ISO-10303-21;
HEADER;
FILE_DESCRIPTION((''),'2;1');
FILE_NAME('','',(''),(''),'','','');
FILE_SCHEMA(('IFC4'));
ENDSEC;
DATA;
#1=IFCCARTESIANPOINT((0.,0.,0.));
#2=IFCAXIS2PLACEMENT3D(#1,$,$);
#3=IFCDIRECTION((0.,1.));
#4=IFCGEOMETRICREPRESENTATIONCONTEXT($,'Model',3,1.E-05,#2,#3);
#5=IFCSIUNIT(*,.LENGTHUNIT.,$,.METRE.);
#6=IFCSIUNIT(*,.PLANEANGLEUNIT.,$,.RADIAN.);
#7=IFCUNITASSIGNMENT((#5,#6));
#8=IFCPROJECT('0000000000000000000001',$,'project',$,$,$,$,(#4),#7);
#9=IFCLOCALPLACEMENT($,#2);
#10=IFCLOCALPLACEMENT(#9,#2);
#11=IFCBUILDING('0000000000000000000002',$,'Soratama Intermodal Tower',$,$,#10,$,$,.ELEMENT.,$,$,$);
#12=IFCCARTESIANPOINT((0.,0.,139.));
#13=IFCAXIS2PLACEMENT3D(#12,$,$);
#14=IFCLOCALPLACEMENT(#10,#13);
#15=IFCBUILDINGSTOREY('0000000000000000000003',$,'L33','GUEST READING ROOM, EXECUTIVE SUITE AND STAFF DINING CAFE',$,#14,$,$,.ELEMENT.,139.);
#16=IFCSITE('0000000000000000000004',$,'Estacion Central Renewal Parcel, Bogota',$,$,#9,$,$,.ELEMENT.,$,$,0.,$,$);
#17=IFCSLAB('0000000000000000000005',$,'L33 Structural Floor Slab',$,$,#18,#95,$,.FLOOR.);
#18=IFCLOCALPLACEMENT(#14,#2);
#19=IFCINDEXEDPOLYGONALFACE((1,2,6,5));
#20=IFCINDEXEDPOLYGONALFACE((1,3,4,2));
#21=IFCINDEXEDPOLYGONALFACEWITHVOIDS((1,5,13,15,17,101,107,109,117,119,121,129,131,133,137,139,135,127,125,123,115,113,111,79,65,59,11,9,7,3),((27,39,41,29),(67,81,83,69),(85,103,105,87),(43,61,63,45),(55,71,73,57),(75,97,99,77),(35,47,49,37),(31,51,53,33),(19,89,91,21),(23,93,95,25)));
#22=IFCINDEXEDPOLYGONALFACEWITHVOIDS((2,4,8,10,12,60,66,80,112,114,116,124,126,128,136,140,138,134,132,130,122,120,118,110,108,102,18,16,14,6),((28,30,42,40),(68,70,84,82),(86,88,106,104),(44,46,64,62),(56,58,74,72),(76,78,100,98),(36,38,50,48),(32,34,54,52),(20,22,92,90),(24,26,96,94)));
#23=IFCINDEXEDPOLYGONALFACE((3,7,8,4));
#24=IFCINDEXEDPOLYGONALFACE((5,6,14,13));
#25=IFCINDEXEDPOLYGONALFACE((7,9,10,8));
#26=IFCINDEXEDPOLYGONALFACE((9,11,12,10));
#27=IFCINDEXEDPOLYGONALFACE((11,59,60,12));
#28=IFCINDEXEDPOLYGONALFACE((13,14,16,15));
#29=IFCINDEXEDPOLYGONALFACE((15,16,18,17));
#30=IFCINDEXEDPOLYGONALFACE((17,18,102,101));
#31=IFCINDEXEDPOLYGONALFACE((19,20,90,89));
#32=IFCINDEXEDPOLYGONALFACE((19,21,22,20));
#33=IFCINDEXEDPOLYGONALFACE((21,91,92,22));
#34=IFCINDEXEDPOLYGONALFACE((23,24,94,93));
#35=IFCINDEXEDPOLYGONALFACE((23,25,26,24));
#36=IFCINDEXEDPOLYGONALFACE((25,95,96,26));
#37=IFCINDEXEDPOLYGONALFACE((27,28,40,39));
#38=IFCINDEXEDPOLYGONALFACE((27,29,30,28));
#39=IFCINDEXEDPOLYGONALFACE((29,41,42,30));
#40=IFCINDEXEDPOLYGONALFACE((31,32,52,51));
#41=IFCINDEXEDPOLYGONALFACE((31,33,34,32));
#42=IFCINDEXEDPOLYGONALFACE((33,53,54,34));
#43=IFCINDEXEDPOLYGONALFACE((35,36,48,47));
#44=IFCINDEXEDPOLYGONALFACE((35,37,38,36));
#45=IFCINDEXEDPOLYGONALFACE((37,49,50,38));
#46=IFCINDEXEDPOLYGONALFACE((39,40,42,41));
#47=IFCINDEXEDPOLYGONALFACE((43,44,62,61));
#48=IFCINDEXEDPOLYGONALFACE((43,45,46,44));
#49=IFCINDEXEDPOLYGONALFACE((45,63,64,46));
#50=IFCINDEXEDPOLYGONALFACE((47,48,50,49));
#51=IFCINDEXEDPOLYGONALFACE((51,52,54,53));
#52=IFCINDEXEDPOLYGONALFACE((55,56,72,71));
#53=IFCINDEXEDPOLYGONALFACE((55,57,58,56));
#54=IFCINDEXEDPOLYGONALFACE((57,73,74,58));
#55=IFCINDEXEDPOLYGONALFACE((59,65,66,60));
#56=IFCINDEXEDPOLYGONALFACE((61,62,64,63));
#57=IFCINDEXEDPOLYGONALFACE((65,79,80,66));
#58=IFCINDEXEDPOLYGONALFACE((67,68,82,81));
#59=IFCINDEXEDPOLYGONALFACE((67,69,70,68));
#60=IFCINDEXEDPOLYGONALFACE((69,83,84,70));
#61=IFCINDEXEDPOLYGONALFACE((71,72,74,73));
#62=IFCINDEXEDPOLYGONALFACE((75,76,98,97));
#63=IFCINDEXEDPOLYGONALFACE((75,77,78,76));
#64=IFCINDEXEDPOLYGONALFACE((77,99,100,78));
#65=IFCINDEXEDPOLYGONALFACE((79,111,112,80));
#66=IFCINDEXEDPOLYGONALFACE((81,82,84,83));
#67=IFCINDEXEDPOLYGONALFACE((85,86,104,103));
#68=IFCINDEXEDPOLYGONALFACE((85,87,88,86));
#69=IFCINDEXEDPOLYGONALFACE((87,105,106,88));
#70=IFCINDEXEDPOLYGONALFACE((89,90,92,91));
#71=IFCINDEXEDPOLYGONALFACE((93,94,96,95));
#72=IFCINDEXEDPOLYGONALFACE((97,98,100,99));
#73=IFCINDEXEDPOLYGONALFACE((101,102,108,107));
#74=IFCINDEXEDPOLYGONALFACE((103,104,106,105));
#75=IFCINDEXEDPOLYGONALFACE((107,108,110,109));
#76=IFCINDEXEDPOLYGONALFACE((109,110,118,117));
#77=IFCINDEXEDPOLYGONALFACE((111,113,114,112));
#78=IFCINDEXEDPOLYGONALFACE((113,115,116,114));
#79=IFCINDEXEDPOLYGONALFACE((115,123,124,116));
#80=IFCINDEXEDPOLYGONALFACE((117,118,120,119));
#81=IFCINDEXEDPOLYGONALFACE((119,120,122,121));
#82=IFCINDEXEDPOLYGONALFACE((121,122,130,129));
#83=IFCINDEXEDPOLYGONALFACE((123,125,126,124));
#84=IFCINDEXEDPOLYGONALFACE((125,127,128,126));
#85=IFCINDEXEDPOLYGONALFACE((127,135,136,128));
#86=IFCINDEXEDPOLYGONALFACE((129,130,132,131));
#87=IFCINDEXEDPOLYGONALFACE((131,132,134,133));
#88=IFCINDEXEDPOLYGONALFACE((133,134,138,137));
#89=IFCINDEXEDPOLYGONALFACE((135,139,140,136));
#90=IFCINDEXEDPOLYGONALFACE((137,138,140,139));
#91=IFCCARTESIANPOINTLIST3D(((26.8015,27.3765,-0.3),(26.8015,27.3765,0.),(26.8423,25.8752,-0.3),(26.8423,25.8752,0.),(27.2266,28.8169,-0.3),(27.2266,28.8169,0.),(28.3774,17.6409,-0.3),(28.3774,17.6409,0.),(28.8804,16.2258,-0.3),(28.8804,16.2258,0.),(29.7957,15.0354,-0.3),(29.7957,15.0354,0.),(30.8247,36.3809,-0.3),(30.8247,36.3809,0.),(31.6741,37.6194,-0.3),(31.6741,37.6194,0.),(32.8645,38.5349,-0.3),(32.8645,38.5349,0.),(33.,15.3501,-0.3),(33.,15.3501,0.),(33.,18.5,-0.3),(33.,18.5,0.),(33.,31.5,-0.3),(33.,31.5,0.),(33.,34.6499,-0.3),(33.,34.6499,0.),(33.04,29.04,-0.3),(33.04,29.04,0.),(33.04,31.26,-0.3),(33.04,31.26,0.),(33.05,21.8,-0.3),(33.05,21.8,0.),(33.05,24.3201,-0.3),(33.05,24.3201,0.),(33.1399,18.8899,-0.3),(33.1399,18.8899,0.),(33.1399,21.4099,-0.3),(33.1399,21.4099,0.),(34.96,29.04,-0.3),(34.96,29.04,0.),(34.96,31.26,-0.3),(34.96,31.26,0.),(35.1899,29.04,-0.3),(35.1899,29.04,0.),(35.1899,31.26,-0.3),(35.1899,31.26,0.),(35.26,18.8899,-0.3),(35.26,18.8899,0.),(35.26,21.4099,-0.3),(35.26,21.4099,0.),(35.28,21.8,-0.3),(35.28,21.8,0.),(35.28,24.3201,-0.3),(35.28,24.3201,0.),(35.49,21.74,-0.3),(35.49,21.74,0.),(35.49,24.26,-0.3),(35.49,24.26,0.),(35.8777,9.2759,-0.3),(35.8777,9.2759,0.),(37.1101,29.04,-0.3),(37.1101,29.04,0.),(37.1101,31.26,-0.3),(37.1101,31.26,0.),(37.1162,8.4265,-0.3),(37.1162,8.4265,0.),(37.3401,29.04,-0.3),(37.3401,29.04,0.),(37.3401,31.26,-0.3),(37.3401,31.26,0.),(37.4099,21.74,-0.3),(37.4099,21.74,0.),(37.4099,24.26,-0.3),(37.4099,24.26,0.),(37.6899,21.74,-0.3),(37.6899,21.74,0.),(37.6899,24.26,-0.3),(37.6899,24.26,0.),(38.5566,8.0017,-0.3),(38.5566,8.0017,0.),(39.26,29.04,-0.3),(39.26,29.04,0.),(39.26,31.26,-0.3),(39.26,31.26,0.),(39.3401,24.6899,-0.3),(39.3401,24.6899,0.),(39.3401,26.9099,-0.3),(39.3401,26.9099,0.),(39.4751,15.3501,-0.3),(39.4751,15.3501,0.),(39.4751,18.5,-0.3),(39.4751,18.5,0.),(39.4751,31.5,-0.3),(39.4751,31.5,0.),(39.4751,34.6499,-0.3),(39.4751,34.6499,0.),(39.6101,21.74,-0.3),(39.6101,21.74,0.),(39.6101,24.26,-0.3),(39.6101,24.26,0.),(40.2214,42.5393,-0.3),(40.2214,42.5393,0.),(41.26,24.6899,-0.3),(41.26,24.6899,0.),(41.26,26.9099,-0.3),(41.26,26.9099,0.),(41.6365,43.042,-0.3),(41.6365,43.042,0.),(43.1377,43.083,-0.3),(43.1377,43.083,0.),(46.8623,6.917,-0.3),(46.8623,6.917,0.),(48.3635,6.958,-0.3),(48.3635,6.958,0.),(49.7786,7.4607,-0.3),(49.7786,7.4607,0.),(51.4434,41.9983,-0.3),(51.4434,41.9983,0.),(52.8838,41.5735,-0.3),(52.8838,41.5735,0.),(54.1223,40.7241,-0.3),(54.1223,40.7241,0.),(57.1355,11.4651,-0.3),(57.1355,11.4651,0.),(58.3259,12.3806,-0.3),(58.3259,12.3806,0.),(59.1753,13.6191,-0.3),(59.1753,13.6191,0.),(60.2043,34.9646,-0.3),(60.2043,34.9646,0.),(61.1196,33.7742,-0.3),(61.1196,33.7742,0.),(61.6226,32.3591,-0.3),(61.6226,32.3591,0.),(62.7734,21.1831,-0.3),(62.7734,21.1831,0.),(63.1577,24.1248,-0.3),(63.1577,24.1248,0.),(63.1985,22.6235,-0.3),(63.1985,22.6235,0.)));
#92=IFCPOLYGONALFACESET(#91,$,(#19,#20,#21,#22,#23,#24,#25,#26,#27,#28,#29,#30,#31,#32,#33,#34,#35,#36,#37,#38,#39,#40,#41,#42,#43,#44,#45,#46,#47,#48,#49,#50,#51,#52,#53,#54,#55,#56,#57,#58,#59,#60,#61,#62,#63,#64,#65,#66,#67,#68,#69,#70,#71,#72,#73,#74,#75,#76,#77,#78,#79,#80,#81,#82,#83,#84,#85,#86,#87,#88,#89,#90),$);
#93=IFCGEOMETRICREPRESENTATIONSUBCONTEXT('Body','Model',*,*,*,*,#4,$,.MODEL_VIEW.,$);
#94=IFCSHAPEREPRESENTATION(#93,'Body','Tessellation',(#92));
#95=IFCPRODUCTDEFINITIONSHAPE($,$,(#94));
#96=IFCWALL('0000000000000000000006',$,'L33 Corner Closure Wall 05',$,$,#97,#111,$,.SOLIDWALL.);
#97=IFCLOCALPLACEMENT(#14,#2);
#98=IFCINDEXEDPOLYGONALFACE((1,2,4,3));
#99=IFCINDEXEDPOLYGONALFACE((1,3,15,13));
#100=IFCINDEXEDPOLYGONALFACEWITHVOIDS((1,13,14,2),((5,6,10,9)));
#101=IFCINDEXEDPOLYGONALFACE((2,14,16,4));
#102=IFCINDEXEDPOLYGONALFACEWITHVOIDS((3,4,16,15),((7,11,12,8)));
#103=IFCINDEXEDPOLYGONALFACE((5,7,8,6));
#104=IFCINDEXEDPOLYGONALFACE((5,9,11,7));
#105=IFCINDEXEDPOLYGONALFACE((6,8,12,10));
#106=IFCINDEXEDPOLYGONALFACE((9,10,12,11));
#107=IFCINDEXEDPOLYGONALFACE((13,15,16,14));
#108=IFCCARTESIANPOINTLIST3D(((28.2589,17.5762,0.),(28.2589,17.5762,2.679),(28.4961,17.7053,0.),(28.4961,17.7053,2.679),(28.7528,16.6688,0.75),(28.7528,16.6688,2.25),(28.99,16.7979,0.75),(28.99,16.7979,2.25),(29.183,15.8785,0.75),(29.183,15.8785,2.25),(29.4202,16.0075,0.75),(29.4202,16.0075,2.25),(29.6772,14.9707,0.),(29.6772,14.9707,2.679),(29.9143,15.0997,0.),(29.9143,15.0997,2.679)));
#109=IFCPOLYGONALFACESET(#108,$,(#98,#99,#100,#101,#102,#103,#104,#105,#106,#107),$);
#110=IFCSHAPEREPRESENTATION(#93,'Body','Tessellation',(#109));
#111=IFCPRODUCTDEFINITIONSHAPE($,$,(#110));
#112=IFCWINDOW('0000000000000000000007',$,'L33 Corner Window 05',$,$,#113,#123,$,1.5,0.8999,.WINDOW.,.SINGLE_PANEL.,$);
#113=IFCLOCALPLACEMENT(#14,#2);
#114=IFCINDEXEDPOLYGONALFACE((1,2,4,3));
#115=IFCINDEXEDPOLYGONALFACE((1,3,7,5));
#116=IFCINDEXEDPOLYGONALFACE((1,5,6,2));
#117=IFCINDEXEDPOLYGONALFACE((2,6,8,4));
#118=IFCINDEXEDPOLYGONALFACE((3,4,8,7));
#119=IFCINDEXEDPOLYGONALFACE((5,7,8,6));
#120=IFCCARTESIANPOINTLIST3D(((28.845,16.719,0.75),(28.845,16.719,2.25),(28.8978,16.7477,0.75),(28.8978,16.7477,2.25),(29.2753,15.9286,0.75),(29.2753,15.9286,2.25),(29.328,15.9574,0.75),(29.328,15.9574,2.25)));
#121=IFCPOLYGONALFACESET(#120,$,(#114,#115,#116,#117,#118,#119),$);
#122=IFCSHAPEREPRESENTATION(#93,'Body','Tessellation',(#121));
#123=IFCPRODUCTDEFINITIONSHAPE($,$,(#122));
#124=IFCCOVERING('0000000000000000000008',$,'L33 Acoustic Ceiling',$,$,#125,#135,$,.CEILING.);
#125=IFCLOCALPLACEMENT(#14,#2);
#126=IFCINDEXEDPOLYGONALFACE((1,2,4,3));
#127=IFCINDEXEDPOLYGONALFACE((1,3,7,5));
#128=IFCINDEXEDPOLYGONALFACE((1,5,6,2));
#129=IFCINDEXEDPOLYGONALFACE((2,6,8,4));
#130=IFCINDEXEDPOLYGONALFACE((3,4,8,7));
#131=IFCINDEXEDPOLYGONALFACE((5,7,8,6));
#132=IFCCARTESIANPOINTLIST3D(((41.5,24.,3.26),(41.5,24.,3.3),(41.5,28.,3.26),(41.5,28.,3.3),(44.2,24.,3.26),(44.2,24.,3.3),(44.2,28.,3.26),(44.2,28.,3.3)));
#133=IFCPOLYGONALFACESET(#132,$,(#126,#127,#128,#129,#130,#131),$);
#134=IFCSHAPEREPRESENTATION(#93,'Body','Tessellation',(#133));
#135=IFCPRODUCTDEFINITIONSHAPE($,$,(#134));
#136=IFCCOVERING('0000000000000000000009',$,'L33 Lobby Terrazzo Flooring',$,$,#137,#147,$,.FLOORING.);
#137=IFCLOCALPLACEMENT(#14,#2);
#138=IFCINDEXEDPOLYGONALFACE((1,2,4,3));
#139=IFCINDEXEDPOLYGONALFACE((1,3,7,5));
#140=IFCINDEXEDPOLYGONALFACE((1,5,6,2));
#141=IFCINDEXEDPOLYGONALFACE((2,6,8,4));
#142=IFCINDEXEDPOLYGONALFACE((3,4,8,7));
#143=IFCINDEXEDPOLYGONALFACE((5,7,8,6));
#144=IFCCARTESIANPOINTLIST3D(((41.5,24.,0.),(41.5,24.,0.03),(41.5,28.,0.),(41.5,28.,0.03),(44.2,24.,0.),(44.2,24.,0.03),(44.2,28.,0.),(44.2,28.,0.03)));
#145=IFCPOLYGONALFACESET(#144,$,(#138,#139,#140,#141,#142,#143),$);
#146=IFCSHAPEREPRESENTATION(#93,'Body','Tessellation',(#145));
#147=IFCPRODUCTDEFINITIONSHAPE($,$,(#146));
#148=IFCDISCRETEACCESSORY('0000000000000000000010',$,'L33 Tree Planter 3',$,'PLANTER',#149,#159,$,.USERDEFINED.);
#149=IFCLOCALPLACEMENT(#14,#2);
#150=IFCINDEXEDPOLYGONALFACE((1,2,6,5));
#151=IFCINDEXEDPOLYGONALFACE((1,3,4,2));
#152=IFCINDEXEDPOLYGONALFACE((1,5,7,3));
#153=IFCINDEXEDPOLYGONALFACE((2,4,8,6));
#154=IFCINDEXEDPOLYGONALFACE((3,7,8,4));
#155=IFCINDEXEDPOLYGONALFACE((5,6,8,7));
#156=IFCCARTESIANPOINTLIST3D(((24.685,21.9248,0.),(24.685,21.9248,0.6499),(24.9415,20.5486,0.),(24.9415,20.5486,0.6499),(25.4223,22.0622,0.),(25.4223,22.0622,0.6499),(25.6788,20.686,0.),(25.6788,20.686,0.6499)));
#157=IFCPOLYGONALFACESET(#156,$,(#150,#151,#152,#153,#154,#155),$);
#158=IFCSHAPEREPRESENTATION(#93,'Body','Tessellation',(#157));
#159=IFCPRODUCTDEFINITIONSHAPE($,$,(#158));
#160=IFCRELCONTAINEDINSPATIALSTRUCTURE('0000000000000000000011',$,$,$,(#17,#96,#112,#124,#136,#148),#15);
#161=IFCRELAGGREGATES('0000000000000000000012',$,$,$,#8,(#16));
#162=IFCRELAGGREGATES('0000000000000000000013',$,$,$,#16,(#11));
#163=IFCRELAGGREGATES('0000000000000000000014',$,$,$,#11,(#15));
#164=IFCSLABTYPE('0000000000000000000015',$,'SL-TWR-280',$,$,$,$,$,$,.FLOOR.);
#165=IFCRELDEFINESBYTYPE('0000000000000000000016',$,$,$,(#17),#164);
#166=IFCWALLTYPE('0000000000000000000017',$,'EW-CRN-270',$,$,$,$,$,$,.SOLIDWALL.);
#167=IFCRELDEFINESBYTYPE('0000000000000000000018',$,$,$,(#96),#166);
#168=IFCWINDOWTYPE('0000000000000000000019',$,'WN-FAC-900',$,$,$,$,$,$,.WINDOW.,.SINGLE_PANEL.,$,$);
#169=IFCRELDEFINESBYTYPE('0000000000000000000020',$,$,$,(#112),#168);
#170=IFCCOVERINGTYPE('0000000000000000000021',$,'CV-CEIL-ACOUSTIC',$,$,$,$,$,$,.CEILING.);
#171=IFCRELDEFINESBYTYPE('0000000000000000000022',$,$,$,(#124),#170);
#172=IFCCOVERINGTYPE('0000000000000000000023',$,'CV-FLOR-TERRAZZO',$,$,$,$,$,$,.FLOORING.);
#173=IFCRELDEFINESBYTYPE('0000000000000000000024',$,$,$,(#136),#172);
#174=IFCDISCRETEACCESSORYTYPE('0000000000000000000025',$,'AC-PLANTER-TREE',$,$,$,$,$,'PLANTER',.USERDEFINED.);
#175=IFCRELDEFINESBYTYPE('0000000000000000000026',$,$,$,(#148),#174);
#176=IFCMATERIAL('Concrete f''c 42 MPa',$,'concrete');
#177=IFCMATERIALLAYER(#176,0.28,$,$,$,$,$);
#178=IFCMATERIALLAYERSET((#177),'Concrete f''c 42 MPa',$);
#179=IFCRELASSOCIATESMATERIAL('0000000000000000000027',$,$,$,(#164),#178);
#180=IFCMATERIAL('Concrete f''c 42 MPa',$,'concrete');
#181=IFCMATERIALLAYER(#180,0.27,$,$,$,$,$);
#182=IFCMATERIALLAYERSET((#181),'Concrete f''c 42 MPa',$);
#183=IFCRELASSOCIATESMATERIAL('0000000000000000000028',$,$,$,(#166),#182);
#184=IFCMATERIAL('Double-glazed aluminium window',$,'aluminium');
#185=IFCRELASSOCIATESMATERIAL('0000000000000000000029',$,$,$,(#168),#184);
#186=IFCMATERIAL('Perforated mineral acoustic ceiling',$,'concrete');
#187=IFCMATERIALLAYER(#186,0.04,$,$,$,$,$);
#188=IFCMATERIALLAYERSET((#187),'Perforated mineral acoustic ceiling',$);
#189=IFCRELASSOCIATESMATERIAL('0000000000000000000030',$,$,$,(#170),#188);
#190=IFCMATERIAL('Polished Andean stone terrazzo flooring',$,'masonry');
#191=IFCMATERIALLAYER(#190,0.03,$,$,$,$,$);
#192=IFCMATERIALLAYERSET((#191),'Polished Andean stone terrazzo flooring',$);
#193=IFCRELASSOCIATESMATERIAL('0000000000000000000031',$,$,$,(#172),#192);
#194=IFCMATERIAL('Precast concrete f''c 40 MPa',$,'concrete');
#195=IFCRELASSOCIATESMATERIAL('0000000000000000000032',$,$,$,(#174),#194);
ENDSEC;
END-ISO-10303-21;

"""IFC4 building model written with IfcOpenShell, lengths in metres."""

from ifc_helpers import new_model, si_unit, direction, frame, frame_2d, origin, origin_2d, place, context, subcontext, project, spatial, polyline, rectangle, outline, extrude, material, layer, layer_set, type_object, element, fill, save


model = new_model("IFC4")

# Units and contexts
model_context = context("Model", 3, precision=1e-05, world=origin(), true_north=direction((0.0, 1.0)))
body_context = subcontext(model_context, "Body", "Model", "MODEL_VIEW")
ifc_project = project(units=[si_unit("LENGTHUNIT", "METRE"), si_unit("PLANEANGLEUNIT", "RADIAN")], contexts=[model_context])

# Site, building, storey
site_placement = place(None, origin())
site = spatial("IfcSite", under=ifc_project, at=site_placement, Name="Estacion Central Renewal Parcel, Bogota", CompositionType="ELEMENT", RefElevation=0.0)
building_placement = place(site_placement, origin())
building = spatial("IfcBuilding", under=site, at=building_placement, Name="Soratama Intermodal Tower", CompositionType="ELEMENT")
storey_placement = place(building_placement, frame((0.0, 0.0, 139.0)))
storey = spatial("IfcBuildingStorey", under=building, at=storey_placement, Name="L33", Description="GUEST READING ROOM, EXECUTIVE SUITE AND STAFF DINING CAFE", CompositionType="ELEMENT", Elevation=139.0)

# Slab
ifc_material_1 = material(Name="Concrete f'c 42 MPa", Category="concrete")
ifc_layer_1 = layer(ifc_material_1, 0.28)
ifc_layer_set_1 = layer_set([ifc_layer_1], Name="Concrete f'c 42 MPa")
slab_type_1 = type_object("IfcSlabType", Name="SL-TWR-280", PredefinedType="FLOOR", material=ifc_layer_set_1)
slab_1_placement = place(storey_placement, frame((0.0, 0.0, -0.3)))
element("IfcSlab", 1, at=slab_1_placement, inside=storey, type_object=slab_type_1, Name="L33 Structural Floor Slab", PredefinedType="FLOOR", context=body_context, shape_type="SweptSolid", body=[
    extrude(outline(polyline([(61.6226, 32.3591), (61.1196, 33.7742), (60.2043, 34.9646), (54.1223, 40.7241), (52.8838, 41.5735), (51.4434, 41.9983), (43.1377, 43.083), (41.6365, 43.042), (40.2214, 42.5393), (32.8645, 38.5349), (31.6741, 37.6194), (30.8247, 36.3809), (27.2266, 28.8169), (26.8015, 27.3765), (26.8423, 25.8752), (28.3774, 17.6409), (28.8804, 16.2258), (29.7957, 15.0354), (35.8777, 9.2759), (37.1162, 8.4265), (38.5566, 8.0017), (46.8623, 6.917), (48.3635, 6.958), (49.7786, 7.4607), (57.1355, 11.4651), (58.3259, 12.3806), (59.1753, 13.6191), (62.7734, 21.1831), (63.1985, 22.6235), (63.1577, 24.1248), (61.6226, 32.3591)]), holes=[polyline([(33.0, 18.5), (33.0, 15.3501), (39.4751, 15.3501), (39.4751, 18.5), (33.0, 18.5)]), polyline([(35.26, 21.4099), (33.1399, 21.4099), (33.1399, 18.8899), (35.26, 18.8899), (35.26, 21.4099)]), polyline([(37.4099, 24.26), (35.49, 24.26), (35.49, 21.74), (37.4099, 21.74), (37.4099, 24.26)]), polyline([(39.6101, 21.74), (39.6101, 24.26), (37.6899, 24.26), (37.6899, 21.74), (39.6101, 21.74)]), polyline([(33.05, 21.8), (35.28, 21.8), (35.28, 24.3201), (33.05, 24.3201), (33.05, 21.8)]), polyline([(41.26, 26.9099), (39.3401, 26.9099), (39.3401, 24.6899), (41.26, 24.6899), (41.26, 26.9099)]), polyline([(34.96, 31.26), (33.04, 31.26), (33.04, 29.04), (34.96, 29.04), (34.96, 31.26)]), polyline([(37.1101, 31.26), (35.1899, 31.26), (35.1899, 29.04), (37.1101, 29.04), (37.1101, 31.26)]), polyline([(39.26, 29.04), (39.26, 31.26), (37.3401, 31.26), (37.3401, 29.04), (39.26, 29.04)]), polyline([(39.4751, 34.6499), (33.0, 34.6499), (33.0, 31.5), (39.4751, 31.5), (39.4751, 34.6499)])]), origin(), (0.0, 0.0, 1.0), 0.3),
])

# Wall, opening, window
ifc_material_2 = material(Name="Concrete f'c 42 MPa", Category="concrete")
ifc_layer_2 = layer(ifc_material_2, 0.27)
ifc_layer_set_2 = layer_set([ifc_layer_2], Name="Concrete f'c 42 MPa")
wall_type = type_object("IfcWallType", Name="EW-CRN-270", PredefinedType="SOLIDWALL", material=ifc_layer_set_2)
wall_placement = place(storey_placement, frame((28.3774, 17.6409, 0.0), z_axis=(0.0, 0.0, 1.0), x_axis=(0.478085, -0.878314, 0.0)))
wall = element("IfcWall", 2, at=wall_placement, inside=storey, type_object=wall_type, Name="L33 Corner Closure Wall 05", PredefinedType="SOLIDWALL", context=body_context, shape_type="SweptSolid", body=[
    extrude(rectangle(XDim=2.9666, YDim=0.27, at=frame_2d((1.4834, 0.0))), origin(), (0.0, 0.0, 1.0), 2.679),
])
opening_placement = place(wall_placement, frame((1.0332, 0.0, 0.75)))
opening = element("IfcOpeningElement", 3, at=opening_placement, cuts=wall, PredefinedType="OPENING", context=body_context, shape_type="SweptSolid", body=[
    extrude(rectangle(XDim=0.8999, YDim=1.5, at=frame_2d((0.45, 0.75))), frame((0.0, 0.145, 0.0), z_axis=(0.0, -1.0, 0.0), x_axis=(1.0, 0.0, 0.0)), (0.0, 0.0, 1.0), 0.29),
])
ifc_material_3 = material(Name="Double-glazed aluminium window", Category="aluminium")
window_type = type_object("IfcWindowType", Name="WN-FAC-900", PartitioningType="SINGLE_PANEL", PredefinedType="WINDOW", material=ifc_material_3)
window_placement = place(opening_placement, origin())
window = element("IfcWindow", 4, at=window_placement, inside=storey, type_object=window_type, Name="L33 Corner Window 05", OverallHeight=1.5, OverallWidth=0.8999, PartitioningType="SINGLE_PANEL", PredefinedType="WINDOW", context=body_context, shape_type="SweptSolid", body=[
    extrude(rectangle(XDim=0.8999, YDim=1.5, at=frame_2d((0.45, 0.75))), frame((0.0, 0.03, 0.0), z_axis=(0.0, -1.0, 0.0), x_axis=(1.0, 0.0, 0.0)), (0.0, 0.0, 1.0), 0.0601),
])
fill(opening, window)

# Coverings
ifc_material_4 = material(Name="Perforated mineral acoustic ceiling", Category="concrete")
ifc_layer_3 = layer(ifc_material_4, 0.04)
ifc_layer_set_3 = layer_set([ifc_layer_3], Name="Perforated mineral acoustic ceiling")
covering_type_1 = type_object("IfcCoveringType", Name="CV-CEIL-ACOUSTIC", PredefinedType="CEILING", material=ifc_layer_set_3)
covering_1_placement = place(storey_placement, frame((0.0, 0.0, 3.26)))
element("IfcCovering", 5, at=covering_1_placement, inside=storey, type_object=covering_type_1, Name="L33 Acoustic Ceiling", PredefinedType="CEILING", context=body_context, shape_type="SweptSolid", body=[
    extrude(outline(polyline([(41.5, 24.0), (44.2, 24.0), (44.2, 28.0), (41.5, 28.0), (41.5, 24.0)])), origin(), (0.0, 0.0, 1.0), 0.04),
])
ifc_material_5 = material(Name="Polished Andean stone terrazzo flooring", Category="masonry")
ifc_layer_4 = layer(ifc_material_5, 0.03)
ifc_layer_set_4 = layer_set([ifc_layer_4], Name="Polished Andean stone terrazzo flooring")
covering_type_2 = type_object("IfcCoveringType", Name="CV-FLOR-TERRAZZO", PredefinedType="FLOORING", material=ifc_layer_set_4)
covering_2_placement = place(storey_placement, origin())
element("IfcCovering", 6, at=covering_2_placement, inside=storey, type_object=covering_type_2, Name="L33 Lobby Terrazzo Flooring", PredefinedType="FLOORING", context=body_context, shape_type="SweptSolid", body=[
    extrude(outline(polyline([(41.5, 24.0), (44.2, 24.0), (44.2, 28.0), (41.5, 28.0), (41.5, 24.0)])), origin(), (0.0, 0.0, 1.0), 0.03),
])

# Discrete accessory
ifc_material_6 = material(Name="Precast concrete f'c 40 MPa", Category="concrete")
discrete_accessory_type = type_object("IfcDiscreteAccessoryType", Name="AC-PLANTER-TREE", ElementType="PLANTER", PredefinedType="USERDEFINED", material=ifc_material_6)
discrete_accessory_placement = place(storey_placement, frame((25.1819, 21.3054, 0.0), z_axis=(0.0, 0.0, 1.0), x_axis=(-0.983064, -0.183265, 0.0)))
element("IfcDiscreteAccessory", 7, at=discrete_accessory_placement, inside=storey, type_object=discrete_accessory_type, Name="L33 Tree Planter 3", ObjectType="PLANTER", PredefinedType="USERDEFINED", context=body_context, shape_type="SweptSolid", body=[
    extrude(rectangle(XDim=0.75, YDim=1.3999, at=origin_2d()), origin(), (0.0, 0.0, 1.0), 0.6499),
])

save(model, "model.ifc")
